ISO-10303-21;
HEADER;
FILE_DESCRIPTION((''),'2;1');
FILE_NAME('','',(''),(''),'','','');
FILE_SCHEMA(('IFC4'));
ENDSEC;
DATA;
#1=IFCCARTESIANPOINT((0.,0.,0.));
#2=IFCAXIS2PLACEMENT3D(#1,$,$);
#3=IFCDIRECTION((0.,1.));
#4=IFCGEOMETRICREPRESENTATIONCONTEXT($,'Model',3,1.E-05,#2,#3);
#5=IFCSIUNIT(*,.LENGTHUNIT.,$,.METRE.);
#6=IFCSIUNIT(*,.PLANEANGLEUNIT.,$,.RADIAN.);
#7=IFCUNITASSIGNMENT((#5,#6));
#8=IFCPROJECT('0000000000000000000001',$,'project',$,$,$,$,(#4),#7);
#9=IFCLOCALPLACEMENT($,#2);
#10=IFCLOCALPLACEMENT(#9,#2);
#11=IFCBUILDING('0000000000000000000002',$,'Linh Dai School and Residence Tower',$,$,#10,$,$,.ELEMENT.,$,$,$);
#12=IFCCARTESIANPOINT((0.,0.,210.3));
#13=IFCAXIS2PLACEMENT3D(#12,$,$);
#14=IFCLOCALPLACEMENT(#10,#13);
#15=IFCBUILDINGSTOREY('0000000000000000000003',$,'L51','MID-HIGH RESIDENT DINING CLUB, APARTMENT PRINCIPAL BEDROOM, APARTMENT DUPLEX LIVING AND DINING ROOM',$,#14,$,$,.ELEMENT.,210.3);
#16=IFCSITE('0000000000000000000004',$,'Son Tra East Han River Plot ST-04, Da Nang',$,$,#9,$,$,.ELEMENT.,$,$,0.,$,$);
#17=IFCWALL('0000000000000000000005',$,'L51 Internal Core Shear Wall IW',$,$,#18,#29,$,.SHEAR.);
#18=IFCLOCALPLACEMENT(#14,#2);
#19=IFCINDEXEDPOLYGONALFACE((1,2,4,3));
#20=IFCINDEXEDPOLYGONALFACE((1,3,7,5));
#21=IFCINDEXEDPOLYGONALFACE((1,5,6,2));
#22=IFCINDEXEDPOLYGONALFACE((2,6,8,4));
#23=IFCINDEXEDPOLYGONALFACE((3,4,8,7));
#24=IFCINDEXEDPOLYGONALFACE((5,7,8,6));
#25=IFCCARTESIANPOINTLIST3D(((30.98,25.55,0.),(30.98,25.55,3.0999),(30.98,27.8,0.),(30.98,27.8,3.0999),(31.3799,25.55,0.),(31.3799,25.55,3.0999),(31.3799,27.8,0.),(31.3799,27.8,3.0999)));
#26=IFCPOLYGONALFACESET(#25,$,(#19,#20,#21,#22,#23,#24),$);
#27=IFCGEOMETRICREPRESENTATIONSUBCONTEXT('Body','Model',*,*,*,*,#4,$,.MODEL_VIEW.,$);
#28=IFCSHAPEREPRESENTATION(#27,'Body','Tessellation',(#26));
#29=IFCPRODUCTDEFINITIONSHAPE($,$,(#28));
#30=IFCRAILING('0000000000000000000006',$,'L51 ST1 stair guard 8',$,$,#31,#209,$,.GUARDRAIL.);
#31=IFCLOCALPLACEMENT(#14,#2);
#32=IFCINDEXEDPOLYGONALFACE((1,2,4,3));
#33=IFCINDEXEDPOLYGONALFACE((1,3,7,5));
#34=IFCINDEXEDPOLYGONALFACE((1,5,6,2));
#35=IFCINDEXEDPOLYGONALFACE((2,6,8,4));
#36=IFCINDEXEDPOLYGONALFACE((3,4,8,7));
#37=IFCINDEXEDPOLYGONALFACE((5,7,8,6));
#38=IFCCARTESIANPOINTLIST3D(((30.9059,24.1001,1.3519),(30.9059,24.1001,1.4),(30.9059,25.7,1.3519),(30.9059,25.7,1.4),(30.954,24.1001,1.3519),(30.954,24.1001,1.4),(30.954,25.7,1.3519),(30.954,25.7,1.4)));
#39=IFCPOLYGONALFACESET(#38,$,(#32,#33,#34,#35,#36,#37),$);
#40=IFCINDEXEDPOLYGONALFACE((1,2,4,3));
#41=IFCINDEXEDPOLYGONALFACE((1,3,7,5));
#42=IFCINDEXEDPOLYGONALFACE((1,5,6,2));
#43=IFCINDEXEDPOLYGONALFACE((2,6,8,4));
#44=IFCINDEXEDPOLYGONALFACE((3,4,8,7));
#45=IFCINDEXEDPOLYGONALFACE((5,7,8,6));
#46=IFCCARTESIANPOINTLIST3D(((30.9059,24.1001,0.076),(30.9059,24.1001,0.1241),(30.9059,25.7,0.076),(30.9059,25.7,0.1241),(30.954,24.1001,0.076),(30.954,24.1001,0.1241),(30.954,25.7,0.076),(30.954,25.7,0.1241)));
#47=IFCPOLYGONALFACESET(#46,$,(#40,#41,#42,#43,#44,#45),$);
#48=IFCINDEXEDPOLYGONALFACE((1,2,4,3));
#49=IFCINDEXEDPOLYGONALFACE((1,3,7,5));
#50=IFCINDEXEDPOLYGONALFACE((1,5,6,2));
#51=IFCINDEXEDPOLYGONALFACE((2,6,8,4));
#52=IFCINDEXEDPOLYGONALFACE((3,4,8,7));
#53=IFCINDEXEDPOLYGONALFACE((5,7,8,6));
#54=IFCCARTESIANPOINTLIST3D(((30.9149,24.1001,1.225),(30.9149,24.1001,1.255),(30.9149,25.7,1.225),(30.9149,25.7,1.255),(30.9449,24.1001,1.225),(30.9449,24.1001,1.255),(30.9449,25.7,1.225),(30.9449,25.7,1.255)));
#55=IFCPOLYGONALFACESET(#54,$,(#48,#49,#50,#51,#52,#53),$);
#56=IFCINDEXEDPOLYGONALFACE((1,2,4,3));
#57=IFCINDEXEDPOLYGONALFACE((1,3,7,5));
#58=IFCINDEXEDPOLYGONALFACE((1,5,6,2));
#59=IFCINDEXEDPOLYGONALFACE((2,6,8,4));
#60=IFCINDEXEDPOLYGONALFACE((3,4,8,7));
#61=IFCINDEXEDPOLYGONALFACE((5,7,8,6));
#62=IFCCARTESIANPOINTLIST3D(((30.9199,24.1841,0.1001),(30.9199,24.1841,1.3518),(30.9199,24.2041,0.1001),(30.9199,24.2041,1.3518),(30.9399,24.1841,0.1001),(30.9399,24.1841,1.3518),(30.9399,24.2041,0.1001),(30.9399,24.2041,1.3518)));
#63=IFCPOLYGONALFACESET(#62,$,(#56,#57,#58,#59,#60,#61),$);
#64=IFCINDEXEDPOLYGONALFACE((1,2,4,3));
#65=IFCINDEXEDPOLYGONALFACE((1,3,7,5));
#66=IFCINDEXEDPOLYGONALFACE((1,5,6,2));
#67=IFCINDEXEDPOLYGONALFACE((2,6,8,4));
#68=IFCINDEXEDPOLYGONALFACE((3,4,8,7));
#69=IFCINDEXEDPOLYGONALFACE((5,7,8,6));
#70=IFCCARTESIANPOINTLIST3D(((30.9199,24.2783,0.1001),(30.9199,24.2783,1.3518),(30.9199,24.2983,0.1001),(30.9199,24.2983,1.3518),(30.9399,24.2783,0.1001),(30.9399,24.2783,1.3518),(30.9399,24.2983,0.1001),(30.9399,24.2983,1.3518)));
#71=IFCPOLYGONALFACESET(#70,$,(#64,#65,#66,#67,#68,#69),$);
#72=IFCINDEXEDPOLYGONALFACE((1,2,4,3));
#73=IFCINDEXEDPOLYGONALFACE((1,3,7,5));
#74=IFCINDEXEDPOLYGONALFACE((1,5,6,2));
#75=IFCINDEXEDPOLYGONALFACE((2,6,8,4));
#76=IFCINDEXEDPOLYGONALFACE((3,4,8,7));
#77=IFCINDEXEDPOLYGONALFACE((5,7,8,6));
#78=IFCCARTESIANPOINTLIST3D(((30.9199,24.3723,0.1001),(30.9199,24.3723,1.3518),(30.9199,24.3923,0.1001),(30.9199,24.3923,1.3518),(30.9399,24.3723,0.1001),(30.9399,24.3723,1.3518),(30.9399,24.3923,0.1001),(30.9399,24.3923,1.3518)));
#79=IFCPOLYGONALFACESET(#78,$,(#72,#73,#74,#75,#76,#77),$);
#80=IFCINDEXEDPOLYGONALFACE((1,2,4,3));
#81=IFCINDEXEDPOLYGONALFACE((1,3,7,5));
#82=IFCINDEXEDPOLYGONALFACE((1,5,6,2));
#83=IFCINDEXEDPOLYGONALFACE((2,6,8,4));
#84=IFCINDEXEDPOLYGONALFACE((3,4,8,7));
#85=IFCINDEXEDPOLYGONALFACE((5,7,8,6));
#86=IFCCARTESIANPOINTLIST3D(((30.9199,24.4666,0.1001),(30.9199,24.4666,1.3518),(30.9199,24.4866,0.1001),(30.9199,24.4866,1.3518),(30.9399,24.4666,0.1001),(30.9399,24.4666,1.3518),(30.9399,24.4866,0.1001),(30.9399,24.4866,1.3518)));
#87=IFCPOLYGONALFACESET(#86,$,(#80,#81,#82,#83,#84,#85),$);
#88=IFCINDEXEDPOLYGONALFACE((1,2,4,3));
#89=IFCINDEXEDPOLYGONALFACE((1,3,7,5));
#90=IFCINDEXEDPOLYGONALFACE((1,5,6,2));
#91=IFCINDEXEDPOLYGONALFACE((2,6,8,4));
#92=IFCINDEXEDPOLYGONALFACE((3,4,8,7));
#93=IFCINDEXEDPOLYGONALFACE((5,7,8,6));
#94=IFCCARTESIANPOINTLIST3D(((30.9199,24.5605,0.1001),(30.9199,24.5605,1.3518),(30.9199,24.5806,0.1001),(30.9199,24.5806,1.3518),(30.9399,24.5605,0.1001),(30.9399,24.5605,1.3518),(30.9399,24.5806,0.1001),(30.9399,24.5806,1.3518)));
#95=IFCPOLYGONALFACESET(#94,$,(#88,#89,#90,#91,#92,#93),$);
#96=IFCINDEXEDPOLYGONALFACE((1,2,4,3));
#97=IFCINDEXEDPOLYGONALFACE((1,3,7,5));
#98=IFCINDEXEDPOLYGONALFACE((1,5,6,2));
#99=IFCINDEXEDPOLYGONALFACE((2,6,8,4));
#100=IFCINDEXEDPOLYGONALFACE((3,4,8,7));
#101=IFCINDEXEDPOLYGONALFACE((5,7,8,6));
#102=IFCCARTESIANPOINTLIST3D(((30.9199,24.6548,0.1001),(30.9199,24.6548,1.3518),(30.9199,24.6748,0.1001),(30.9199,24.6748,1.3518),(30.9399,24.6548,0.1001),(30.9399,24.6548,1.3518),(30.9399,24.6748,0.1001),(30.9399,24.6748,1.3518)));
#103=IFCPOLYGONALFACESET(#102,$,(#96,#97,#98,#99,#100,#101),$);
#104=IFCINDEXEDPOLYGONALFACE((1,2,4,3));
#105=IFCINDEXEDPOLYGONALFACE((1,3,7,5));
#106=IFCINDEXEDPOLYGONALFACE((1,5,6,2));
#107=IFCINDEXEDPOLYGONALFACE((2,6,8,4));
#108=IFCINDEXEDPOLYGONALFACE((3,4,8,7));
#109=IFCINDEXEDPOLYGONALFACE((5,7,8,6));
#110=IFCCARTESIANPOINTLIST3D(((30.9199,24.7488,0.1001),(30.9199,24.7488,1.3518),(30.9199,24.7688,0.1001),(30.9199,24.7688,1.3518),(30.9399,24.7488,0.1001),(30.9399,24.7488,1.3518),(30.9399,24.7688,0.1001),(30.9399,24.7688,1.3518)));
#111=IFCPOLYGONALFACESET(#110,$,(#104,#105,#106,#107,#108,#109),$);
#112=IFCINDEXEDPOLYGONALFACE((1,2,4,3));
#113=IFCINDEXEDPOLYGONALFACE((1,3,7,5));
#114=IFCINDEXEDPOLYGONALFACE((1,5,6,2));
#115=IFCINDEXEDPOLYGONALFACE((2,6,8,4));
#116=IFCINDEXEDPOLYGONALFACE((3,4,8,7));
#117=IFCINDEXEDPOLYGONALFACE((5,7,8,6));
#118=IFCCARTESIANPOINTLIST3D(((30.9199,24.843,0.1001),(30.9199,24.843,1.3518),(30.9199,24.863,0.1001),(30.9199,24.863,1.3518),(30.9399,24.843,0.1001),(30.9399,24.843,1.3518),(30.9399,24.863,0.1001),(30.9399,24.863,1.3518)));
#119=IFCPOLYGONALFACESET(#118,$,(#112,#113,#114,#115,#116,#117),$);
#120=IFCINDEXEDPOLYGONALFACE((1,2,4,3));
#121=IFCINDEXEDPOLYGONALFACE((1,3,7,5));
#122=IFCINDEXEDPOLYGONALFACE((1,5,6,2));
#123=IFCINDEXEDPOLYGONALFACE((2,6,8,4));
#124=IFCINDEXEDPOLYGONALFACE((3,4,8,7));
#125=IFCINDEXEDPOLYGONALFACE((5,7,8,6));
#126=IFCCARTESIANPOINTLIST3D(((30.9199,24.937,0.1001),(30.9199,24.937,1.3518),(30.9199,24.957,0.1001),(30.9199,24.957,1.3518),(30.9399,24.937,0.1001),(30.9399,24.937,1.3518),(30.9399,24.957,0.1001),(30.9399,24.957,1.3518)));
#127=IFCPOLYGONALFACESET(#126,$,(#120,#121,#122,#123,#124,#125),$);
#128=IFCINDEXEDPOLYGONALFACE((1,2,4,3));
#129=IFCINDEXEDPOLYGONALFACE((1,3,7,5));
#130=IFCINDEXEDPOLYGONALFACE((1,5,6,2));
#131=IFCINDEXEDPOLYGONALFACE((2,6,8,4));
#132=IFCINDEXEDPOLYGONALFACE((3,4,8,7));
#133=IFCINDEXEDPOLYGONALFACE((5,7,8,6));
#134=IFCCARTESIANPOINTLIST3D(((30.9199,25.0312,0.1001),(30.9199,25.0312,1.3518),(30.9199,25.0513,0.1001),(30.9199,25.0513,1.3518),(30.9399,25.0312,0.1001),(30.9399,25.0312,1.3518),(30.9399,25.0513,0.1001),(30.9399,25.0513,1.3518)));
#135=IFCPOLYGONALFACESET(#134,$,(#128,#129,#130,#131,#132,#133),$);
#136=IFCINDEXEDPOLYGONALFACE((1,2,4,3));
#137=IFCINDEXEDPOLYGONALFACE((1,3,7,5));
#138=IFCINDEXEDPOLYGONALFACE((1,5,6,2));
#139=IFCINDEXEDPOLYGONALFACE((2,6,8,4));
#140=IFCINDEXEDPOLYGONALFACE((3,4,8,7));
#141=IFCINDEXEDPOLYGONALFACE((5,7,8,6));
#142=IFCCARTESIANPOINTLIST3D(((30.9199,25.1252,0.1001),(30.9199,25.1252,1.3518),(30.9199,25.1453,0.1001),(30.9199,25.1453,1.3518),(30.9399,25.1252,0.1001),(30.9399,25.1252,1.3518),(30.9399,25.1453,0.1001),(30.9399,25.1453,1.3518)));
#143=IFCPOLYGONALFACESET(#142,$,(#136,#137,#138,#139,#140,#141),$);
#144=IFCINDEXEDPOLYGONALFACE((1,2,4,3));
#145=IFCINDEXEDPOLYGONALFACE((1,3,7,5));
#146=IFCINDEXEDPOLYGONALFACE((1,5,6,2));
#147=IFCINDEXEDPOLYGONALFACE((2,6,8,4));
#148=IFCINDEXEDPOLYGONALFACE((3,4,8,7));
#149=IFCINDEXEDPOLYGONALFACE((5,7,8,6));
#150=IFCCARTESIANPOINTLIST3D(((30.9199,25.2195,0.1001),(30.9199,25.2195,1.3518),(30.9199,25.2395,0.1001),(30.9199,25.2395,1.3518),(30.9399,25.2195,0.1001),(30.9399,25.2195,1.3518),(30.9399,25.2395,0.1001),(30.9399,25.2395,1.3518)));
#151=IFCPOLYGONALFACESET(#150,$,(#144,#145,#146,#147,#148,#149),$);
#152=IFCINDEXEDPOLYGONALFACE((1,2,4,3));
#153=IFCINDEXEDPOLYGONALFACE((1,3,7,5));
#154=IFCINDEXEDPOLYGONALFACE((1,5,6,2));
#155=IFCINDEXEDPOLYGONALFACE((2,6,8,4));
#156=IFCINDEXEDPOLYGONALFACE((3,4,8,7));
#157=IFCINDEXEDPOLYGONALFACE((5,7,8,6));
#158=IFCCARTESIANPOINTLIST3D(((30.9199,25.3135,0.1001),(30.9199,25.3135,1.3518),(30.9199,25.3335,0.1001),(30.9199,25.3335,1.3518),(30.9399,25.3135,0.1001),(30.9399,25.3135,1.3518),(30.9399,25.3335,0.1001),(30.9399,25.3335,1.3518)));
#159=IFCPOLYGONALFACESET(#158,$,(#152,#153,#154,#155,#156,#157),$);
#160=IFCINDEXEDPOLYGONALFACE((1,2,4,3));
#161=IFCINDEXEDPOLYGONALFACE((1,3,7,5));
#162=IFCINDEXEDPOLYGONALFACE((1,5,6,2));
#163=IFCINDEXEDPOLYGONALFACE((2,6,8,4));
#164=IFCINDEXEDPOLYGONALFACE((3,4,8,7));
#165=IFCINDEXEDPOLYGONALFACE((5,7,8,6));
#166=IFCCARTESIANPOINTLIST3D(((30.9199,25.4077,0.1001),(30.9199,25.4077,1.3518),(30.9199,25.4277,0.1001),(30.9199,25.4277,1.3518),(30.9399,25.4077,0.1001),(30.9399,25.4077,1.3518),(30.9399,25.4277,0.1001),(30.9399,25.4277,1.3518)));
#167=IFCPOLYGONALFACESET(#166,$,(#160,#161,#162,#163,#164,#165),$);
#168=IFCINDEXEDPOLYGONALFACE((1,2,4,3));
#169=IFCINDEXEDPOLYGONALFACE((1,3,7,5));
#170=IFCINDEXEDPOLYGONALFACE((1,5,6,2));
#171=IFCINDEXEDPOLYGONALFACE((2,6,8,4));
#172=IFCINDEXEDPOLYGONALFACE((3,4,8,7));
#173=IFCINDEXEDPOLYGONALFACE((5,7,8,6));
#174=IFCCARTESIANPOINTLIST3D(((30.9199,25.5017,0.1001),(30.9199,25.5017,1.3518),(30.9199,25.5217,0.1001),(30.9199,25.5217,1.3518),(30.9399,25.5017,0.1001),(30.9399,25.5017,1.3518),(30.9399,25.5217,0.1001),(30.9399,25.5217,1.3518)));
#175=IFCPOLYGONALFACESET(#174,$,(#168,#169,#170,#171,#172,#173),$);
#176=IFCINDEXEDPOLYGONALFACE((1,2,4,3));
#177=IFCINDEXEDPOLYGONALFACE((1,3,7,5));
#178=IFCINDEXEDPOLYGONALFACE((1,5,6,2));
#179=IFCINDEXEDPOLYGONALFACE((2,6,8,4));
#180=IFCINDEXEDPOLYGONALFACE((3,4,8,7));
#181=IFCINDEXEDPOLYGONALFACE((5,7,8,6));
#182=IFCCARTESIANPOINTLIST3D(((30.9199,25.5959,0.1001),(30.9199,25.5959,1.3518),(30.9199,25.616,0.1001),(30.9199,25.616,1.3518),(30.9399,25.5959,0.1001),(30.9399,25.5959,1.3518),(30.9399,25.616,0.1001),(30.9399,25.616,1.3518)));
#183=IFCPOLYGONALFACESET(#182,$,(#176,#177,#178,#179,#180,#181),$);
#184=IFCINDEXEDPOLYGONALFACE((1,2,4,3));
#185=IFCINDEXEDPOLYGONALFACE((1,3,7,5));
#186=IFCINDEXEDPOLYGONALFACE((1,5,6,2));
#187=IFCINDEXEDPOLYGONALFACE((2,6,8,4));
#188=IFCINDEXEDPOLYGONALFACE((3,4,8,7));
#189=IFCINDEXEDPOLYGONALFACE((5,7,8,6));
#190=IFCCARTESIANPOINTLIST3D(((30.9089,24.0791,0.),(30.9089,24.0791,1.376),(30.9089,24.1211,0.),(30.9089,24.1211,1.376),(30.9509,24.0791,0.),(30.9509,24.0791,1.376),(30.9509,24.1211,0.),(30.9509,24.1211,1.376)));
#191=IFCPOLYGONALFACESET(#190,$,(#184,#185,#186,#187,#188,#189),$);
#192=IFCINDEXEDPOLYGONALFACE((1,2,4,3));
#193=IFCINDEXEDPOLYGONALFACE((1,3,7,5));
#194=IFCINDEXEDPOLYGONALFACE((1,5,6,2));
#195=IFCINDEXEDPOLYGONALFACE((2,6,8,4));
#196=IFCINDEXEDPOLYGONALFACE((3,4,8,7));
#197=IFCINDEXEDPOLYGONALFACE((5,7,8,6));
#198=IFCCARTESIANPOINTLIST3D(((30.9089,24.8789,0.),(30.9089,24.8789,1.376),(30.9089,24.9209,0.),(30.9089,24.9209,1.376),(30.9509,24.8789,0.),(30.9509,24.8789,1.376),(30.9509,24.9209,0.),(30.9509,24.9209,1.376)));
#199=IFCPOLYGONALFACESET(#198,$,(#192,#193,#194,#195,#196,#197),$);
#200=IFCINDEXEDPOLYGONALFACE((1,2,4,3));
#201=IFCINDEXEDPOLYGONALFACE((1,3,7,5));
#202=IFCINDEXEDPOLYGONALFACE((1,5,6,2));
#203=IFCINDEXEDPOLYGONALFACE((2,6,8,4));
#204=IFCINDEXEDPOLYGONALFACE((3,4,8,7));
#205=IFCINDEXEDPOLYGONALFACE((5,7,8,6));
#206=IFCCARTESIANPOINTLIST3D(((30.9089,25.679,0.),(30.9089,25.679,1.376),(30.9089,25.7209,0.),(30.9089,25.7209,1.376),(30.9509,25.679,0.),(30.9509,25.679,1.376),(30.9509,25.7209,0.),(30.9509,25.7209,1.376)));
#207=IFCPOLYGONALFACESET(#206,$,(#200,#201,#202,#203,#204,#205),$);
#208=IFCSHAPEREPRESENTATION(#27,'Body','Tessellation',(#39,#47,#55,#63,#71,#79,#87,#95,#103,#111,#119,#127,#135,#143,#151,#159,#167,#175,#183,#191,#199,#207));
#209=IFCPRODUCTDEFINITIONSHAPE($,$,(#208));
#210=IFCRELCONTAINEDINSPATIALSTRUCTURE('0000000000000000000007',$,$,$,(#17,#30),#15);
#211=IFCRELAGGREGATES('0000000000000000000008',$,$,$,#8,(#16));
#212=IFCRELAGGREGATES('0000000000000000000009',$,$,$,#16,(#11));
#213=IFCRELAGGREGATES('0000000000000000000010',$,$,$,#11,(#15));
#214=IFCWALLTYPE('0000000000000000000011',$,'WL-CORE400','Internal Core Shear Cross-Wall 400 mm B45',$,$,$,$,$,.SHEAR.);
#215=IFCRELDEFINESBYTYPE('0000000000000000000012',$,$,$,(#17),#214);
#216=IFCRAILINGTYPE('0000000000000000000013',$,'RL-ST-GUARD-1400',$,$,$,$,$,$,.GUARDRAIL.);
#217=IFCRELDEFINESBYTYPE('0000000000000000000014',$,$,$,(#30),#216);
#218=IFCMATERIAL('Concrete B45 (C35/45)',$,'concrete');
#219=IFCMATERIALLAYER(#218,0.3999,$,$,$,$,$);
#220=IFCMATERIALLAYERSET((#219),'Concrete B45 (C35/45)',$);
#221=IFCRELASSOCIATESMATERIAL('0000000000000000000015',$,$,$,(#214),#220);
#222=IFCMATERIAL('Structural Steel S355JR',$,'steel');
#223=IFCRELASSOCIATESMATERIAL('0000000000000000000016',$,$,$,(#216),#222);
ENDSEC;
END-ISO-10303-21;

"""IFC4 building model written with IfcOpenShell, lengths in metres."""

from ifc_helpers import new_model, si_unit, direction, frame, frame_2d, origin, origin_2d, place, context, subcontext, project, spatial, rectangle, extrude, source, transform, mapped, material, layer, layer_set, type_object, element, save


model = new_model("IFC4")

# Units and contexts
model_context = context("Model", 3, precision=1e-05, world=origin(), true_north=direction((0.0, 1.0)))
body_context = subcontext(model_context, "Body", "Model", "MODEL_VIEW")
ifc_project = project(units=[si_unit("LENGTHUNIT", "METRE"), si_unit("PLANEANGLEUNIT", "RADIAN")], contexts=[model_context])

# Site, building, storey
site_placement = place(None, origin())
site = spatial("IfcSite", under=ifc_project, at=site_placement, Name="Son Tra East Han River Plot ST-04, Da Nang", CompositionType="ELEMENT", RefElevation=0.0)
building_placement = place(site_placement, origin())
building = spatial("IfcBuilding", under=site, at=building_placement, Name="Linh Dai School and Residence Tower", CompositionType="ELEMENT")
storey_placement = place(building_placement, frame((0.0, 0.0, 210.3)))
storey = spatial("IfcBuildingStorey", under=building, at=storey_placement, Name="L51", Description="MID-HIGH RESIDENT DINING CLUB, APARTMENT PRINCIPAL BEDROOM, APARTMENT DUPLEX LIVING AND DINING ROOM", CompositionType="ELEMENT", Elevation=210.3)

# Shared definitions
ifc_material_1 = material(Name="Structural Steel S355JR", Category="steel")

# Shared definitions
ifc_material_2 = material(Name="Concrete B45 (C35/45)", Category="concrete")

# Wall
ifc_layer_1 = layer(ifc_material_2, 0.3999)
ifc_layer_set_1 = layer_set([ifc_layer_1], Name="Concrete B45 (C35/45)")
wall_type_1 = type_object("IfcWallType", Name="WL-CORE400", Description="Internal Core Shear Cross-Wall 400 mm B45", PredefinedType="SHEAR", material=ifc_layer_set_1)
wall_1_placement = place(storey_placement, frame((31.1799, 25.55, 0.0), z_axis=(0.0, 0.0, 1.0), x_axis=(0.0, 1.0, 0.0)))
element("IfcWall", 1, at=wall_1_placement, inside=storey, type_object=wall_type_1, Name="L51 Internal Core Shear Wall IW", PredefinedType="SHEAR", context=body_context, shape_type="SweptSolid", body=[
    extrude(rectangle(XDim=2.25, YDim=0.3999, at=frame_2d((1.125, 0.0))), origin(), (0.0, 0.0, 1.0), 3.0999),
])

# Railing
railing_type = type_object("IfcRailingType", Name="RL-ST-GUARD-1400", PredefinedType="GUARDRAIL", material=ifc_material_1)
shared_shape_1 = source(origin(), body_context, "Body", "SweptSolid", [
    extrude(rectangle(XDim=0.0481, YDim=0.0481, at=origin_2d()), frame((0.0, 0.0, 1.376), z_axis=(0.0, 1.0, 0.0), x_axis=(-1.0, 0.0, 0.0)), (0.0, 0.0, 1.0), 1.5999),
    extrude(rectangle(XDim=0.0481, YDim=0.0481, at=origin_2d()), frame((0.0, 0.0, 0.1001), z_axis=(0.0, 1.0, 0.0), x_axis=(-1.0, 0.0, 0.0)), (0.0, 0.0, 1.0), 1.5999),
    extrude(rectangle(XDim=0.03, YDim=0.03, at=origin_2d()), frame((0.0, 0.0, 1.24), z_axis=(0.0, 1.0, 0.0), x_axis=(-1.0, 0.0, 0.0)), (0.0, 0.0, 1.0), 1.5999),
    extrude(rectangle(XDim=0.02, YDim=0.02, at=origin_2d()), frame((0.0, 0.094, 0.1001)), (0.0, 0.0, 1.0), 1.2517),
    extrude(rectangle(XDim=0.02, YDim=0.02, at=origin_2d()), frame((0.0, 0.1882, 0.1001)), (0.0, 0.0, 1.0), 1.2517),
    extrude(rectangle(XDim=0.02, YDim=0.02, at=origin_2d()), frame((0.0, 0.2822, 0.1001)), (0.0, 0.0, 1.0), 1.2517),
    extrude(rectangle(XDim=0.02, YDim=0.02, at=origin_2d()), frame((0.0, 0.3765, 0.1001)), (0.0, 0.0, 1.0), 1.2517),
    extrude(rectangle(XDim=0.02, YDim=0.02, at=origin_2d()), frame((0.0, 0.4705, 0.1001)), (0.0, 0.0, 1.0), 1.2517),
    extrude(rectangle(XDim=0.02, YDim=0.02, at=origin_2d()), frame((0.0, 0.5647, 0.1001)), (0.0, 0.0, 1.0), 1.2517),
    extrude(rectangle(XDim=0.02, YDim=0.02, at=origin_2d()), frame((0.0, 0.6587, 0.1001)), (0.0, 0.0, 1.0), 1.2517),
    extrude(rectangle(XDim=0.02, YDim=0.02, at=origin_2d()), frame((0.0, 0.7529, 0.1001)), (0.0, 0.0, 1.0), 1.2517),
    extrude(rectangle(XDim=0.02, YDim=0.02, at=origin_2d()), frame((0.0, 0.8469, 0.1001)), (0.0, 0.0, 1.0), 1.2517),
    extrude(rectangle(XDim=0.02, YDim=0.02, at=origin_2d()), frame((0.0, 0.9412, 0.1001)), (0.0, 0.0, 1.0), 1.2517),
    extrude(rectangle(XDim=0.02, YDim=0.02, at=origin_2d()), frame((0.0, 1.0352, 0.1001)), (0.0, 0.0, 1.0), 1.2517),
    extrude(rectangle(XDim=0.02, YDim=0.02, at=origin_2d()), frame((0.0, 1.1294, 0.1001)), (0.0, 0.0, 1.0), 1.2517),
    extrude(rectangle(XDim=0.02, YDim=0.02, at=origin_2d()), frame((0.0, 1.2234, 0.1001)), (0.0, 0.0, 1.0), 1.2517),
    extrude(rectangle(XDim=0.02, YDim=0.02, at=origin_2d()), frame((0.0, 1.3176, 0.1001)), (0.0, 0.0, 1.0), 1.2517),
    extrude(rectangle(XDim=0.02, YDim=0.02, at=origin_2d()), frame((0.0, 1.4116, 0.1001)), (0.0, 0.0, 1.0), 1.2517),
    extrude(rectangle(XDim=0.02, YDim=0.02, at=origin_2d()), frame((0.0, 1.5059, 0.1001)), (0.0, 0.0, 1.0), 1.2517),
    extrude(rectangle(XDim=0.042, YDim=0.042, at=origin_2d()), origin(), (0.0, 0.0, 1.0), 1.376),
    extrude(rectangle(XDim=0.042, YDim=0.042, at=origin_2d()), frame((0.0, 0.7998, 0.0)), (0.0, 0.0, 1.0), 1.376),
    extrude(rectangle(XDim=0.042, YDim=0.042, at=origin_2d()), frame((0.0, 1.5999, 0.0)), (0.0, 0.0, 1.0), 1.376),
])
for number, where, name in (
    (2, (30.9299, 24.1001, 0.0), "L51 ST1 stair guard 8"),
):
    element("IfcRailing", number, at=place(storey_placement, frame(where)), inside=storey, type_object=railing_type, Name=name, PredefinedType="GUARDRAIL", context=body_context, shape_type="MappedRepresentation", body=[
        mapped(shared_shape_1, transform((0.0, 0.0, 0.0), x_axis=(1.0, 0.0, 0.0), y_axis=(0.0, 1.0, 0.0), z_axis=(0.0, 0.0, 1.0), scale=1.0)),
    ])

save(model, "model.ifc")
